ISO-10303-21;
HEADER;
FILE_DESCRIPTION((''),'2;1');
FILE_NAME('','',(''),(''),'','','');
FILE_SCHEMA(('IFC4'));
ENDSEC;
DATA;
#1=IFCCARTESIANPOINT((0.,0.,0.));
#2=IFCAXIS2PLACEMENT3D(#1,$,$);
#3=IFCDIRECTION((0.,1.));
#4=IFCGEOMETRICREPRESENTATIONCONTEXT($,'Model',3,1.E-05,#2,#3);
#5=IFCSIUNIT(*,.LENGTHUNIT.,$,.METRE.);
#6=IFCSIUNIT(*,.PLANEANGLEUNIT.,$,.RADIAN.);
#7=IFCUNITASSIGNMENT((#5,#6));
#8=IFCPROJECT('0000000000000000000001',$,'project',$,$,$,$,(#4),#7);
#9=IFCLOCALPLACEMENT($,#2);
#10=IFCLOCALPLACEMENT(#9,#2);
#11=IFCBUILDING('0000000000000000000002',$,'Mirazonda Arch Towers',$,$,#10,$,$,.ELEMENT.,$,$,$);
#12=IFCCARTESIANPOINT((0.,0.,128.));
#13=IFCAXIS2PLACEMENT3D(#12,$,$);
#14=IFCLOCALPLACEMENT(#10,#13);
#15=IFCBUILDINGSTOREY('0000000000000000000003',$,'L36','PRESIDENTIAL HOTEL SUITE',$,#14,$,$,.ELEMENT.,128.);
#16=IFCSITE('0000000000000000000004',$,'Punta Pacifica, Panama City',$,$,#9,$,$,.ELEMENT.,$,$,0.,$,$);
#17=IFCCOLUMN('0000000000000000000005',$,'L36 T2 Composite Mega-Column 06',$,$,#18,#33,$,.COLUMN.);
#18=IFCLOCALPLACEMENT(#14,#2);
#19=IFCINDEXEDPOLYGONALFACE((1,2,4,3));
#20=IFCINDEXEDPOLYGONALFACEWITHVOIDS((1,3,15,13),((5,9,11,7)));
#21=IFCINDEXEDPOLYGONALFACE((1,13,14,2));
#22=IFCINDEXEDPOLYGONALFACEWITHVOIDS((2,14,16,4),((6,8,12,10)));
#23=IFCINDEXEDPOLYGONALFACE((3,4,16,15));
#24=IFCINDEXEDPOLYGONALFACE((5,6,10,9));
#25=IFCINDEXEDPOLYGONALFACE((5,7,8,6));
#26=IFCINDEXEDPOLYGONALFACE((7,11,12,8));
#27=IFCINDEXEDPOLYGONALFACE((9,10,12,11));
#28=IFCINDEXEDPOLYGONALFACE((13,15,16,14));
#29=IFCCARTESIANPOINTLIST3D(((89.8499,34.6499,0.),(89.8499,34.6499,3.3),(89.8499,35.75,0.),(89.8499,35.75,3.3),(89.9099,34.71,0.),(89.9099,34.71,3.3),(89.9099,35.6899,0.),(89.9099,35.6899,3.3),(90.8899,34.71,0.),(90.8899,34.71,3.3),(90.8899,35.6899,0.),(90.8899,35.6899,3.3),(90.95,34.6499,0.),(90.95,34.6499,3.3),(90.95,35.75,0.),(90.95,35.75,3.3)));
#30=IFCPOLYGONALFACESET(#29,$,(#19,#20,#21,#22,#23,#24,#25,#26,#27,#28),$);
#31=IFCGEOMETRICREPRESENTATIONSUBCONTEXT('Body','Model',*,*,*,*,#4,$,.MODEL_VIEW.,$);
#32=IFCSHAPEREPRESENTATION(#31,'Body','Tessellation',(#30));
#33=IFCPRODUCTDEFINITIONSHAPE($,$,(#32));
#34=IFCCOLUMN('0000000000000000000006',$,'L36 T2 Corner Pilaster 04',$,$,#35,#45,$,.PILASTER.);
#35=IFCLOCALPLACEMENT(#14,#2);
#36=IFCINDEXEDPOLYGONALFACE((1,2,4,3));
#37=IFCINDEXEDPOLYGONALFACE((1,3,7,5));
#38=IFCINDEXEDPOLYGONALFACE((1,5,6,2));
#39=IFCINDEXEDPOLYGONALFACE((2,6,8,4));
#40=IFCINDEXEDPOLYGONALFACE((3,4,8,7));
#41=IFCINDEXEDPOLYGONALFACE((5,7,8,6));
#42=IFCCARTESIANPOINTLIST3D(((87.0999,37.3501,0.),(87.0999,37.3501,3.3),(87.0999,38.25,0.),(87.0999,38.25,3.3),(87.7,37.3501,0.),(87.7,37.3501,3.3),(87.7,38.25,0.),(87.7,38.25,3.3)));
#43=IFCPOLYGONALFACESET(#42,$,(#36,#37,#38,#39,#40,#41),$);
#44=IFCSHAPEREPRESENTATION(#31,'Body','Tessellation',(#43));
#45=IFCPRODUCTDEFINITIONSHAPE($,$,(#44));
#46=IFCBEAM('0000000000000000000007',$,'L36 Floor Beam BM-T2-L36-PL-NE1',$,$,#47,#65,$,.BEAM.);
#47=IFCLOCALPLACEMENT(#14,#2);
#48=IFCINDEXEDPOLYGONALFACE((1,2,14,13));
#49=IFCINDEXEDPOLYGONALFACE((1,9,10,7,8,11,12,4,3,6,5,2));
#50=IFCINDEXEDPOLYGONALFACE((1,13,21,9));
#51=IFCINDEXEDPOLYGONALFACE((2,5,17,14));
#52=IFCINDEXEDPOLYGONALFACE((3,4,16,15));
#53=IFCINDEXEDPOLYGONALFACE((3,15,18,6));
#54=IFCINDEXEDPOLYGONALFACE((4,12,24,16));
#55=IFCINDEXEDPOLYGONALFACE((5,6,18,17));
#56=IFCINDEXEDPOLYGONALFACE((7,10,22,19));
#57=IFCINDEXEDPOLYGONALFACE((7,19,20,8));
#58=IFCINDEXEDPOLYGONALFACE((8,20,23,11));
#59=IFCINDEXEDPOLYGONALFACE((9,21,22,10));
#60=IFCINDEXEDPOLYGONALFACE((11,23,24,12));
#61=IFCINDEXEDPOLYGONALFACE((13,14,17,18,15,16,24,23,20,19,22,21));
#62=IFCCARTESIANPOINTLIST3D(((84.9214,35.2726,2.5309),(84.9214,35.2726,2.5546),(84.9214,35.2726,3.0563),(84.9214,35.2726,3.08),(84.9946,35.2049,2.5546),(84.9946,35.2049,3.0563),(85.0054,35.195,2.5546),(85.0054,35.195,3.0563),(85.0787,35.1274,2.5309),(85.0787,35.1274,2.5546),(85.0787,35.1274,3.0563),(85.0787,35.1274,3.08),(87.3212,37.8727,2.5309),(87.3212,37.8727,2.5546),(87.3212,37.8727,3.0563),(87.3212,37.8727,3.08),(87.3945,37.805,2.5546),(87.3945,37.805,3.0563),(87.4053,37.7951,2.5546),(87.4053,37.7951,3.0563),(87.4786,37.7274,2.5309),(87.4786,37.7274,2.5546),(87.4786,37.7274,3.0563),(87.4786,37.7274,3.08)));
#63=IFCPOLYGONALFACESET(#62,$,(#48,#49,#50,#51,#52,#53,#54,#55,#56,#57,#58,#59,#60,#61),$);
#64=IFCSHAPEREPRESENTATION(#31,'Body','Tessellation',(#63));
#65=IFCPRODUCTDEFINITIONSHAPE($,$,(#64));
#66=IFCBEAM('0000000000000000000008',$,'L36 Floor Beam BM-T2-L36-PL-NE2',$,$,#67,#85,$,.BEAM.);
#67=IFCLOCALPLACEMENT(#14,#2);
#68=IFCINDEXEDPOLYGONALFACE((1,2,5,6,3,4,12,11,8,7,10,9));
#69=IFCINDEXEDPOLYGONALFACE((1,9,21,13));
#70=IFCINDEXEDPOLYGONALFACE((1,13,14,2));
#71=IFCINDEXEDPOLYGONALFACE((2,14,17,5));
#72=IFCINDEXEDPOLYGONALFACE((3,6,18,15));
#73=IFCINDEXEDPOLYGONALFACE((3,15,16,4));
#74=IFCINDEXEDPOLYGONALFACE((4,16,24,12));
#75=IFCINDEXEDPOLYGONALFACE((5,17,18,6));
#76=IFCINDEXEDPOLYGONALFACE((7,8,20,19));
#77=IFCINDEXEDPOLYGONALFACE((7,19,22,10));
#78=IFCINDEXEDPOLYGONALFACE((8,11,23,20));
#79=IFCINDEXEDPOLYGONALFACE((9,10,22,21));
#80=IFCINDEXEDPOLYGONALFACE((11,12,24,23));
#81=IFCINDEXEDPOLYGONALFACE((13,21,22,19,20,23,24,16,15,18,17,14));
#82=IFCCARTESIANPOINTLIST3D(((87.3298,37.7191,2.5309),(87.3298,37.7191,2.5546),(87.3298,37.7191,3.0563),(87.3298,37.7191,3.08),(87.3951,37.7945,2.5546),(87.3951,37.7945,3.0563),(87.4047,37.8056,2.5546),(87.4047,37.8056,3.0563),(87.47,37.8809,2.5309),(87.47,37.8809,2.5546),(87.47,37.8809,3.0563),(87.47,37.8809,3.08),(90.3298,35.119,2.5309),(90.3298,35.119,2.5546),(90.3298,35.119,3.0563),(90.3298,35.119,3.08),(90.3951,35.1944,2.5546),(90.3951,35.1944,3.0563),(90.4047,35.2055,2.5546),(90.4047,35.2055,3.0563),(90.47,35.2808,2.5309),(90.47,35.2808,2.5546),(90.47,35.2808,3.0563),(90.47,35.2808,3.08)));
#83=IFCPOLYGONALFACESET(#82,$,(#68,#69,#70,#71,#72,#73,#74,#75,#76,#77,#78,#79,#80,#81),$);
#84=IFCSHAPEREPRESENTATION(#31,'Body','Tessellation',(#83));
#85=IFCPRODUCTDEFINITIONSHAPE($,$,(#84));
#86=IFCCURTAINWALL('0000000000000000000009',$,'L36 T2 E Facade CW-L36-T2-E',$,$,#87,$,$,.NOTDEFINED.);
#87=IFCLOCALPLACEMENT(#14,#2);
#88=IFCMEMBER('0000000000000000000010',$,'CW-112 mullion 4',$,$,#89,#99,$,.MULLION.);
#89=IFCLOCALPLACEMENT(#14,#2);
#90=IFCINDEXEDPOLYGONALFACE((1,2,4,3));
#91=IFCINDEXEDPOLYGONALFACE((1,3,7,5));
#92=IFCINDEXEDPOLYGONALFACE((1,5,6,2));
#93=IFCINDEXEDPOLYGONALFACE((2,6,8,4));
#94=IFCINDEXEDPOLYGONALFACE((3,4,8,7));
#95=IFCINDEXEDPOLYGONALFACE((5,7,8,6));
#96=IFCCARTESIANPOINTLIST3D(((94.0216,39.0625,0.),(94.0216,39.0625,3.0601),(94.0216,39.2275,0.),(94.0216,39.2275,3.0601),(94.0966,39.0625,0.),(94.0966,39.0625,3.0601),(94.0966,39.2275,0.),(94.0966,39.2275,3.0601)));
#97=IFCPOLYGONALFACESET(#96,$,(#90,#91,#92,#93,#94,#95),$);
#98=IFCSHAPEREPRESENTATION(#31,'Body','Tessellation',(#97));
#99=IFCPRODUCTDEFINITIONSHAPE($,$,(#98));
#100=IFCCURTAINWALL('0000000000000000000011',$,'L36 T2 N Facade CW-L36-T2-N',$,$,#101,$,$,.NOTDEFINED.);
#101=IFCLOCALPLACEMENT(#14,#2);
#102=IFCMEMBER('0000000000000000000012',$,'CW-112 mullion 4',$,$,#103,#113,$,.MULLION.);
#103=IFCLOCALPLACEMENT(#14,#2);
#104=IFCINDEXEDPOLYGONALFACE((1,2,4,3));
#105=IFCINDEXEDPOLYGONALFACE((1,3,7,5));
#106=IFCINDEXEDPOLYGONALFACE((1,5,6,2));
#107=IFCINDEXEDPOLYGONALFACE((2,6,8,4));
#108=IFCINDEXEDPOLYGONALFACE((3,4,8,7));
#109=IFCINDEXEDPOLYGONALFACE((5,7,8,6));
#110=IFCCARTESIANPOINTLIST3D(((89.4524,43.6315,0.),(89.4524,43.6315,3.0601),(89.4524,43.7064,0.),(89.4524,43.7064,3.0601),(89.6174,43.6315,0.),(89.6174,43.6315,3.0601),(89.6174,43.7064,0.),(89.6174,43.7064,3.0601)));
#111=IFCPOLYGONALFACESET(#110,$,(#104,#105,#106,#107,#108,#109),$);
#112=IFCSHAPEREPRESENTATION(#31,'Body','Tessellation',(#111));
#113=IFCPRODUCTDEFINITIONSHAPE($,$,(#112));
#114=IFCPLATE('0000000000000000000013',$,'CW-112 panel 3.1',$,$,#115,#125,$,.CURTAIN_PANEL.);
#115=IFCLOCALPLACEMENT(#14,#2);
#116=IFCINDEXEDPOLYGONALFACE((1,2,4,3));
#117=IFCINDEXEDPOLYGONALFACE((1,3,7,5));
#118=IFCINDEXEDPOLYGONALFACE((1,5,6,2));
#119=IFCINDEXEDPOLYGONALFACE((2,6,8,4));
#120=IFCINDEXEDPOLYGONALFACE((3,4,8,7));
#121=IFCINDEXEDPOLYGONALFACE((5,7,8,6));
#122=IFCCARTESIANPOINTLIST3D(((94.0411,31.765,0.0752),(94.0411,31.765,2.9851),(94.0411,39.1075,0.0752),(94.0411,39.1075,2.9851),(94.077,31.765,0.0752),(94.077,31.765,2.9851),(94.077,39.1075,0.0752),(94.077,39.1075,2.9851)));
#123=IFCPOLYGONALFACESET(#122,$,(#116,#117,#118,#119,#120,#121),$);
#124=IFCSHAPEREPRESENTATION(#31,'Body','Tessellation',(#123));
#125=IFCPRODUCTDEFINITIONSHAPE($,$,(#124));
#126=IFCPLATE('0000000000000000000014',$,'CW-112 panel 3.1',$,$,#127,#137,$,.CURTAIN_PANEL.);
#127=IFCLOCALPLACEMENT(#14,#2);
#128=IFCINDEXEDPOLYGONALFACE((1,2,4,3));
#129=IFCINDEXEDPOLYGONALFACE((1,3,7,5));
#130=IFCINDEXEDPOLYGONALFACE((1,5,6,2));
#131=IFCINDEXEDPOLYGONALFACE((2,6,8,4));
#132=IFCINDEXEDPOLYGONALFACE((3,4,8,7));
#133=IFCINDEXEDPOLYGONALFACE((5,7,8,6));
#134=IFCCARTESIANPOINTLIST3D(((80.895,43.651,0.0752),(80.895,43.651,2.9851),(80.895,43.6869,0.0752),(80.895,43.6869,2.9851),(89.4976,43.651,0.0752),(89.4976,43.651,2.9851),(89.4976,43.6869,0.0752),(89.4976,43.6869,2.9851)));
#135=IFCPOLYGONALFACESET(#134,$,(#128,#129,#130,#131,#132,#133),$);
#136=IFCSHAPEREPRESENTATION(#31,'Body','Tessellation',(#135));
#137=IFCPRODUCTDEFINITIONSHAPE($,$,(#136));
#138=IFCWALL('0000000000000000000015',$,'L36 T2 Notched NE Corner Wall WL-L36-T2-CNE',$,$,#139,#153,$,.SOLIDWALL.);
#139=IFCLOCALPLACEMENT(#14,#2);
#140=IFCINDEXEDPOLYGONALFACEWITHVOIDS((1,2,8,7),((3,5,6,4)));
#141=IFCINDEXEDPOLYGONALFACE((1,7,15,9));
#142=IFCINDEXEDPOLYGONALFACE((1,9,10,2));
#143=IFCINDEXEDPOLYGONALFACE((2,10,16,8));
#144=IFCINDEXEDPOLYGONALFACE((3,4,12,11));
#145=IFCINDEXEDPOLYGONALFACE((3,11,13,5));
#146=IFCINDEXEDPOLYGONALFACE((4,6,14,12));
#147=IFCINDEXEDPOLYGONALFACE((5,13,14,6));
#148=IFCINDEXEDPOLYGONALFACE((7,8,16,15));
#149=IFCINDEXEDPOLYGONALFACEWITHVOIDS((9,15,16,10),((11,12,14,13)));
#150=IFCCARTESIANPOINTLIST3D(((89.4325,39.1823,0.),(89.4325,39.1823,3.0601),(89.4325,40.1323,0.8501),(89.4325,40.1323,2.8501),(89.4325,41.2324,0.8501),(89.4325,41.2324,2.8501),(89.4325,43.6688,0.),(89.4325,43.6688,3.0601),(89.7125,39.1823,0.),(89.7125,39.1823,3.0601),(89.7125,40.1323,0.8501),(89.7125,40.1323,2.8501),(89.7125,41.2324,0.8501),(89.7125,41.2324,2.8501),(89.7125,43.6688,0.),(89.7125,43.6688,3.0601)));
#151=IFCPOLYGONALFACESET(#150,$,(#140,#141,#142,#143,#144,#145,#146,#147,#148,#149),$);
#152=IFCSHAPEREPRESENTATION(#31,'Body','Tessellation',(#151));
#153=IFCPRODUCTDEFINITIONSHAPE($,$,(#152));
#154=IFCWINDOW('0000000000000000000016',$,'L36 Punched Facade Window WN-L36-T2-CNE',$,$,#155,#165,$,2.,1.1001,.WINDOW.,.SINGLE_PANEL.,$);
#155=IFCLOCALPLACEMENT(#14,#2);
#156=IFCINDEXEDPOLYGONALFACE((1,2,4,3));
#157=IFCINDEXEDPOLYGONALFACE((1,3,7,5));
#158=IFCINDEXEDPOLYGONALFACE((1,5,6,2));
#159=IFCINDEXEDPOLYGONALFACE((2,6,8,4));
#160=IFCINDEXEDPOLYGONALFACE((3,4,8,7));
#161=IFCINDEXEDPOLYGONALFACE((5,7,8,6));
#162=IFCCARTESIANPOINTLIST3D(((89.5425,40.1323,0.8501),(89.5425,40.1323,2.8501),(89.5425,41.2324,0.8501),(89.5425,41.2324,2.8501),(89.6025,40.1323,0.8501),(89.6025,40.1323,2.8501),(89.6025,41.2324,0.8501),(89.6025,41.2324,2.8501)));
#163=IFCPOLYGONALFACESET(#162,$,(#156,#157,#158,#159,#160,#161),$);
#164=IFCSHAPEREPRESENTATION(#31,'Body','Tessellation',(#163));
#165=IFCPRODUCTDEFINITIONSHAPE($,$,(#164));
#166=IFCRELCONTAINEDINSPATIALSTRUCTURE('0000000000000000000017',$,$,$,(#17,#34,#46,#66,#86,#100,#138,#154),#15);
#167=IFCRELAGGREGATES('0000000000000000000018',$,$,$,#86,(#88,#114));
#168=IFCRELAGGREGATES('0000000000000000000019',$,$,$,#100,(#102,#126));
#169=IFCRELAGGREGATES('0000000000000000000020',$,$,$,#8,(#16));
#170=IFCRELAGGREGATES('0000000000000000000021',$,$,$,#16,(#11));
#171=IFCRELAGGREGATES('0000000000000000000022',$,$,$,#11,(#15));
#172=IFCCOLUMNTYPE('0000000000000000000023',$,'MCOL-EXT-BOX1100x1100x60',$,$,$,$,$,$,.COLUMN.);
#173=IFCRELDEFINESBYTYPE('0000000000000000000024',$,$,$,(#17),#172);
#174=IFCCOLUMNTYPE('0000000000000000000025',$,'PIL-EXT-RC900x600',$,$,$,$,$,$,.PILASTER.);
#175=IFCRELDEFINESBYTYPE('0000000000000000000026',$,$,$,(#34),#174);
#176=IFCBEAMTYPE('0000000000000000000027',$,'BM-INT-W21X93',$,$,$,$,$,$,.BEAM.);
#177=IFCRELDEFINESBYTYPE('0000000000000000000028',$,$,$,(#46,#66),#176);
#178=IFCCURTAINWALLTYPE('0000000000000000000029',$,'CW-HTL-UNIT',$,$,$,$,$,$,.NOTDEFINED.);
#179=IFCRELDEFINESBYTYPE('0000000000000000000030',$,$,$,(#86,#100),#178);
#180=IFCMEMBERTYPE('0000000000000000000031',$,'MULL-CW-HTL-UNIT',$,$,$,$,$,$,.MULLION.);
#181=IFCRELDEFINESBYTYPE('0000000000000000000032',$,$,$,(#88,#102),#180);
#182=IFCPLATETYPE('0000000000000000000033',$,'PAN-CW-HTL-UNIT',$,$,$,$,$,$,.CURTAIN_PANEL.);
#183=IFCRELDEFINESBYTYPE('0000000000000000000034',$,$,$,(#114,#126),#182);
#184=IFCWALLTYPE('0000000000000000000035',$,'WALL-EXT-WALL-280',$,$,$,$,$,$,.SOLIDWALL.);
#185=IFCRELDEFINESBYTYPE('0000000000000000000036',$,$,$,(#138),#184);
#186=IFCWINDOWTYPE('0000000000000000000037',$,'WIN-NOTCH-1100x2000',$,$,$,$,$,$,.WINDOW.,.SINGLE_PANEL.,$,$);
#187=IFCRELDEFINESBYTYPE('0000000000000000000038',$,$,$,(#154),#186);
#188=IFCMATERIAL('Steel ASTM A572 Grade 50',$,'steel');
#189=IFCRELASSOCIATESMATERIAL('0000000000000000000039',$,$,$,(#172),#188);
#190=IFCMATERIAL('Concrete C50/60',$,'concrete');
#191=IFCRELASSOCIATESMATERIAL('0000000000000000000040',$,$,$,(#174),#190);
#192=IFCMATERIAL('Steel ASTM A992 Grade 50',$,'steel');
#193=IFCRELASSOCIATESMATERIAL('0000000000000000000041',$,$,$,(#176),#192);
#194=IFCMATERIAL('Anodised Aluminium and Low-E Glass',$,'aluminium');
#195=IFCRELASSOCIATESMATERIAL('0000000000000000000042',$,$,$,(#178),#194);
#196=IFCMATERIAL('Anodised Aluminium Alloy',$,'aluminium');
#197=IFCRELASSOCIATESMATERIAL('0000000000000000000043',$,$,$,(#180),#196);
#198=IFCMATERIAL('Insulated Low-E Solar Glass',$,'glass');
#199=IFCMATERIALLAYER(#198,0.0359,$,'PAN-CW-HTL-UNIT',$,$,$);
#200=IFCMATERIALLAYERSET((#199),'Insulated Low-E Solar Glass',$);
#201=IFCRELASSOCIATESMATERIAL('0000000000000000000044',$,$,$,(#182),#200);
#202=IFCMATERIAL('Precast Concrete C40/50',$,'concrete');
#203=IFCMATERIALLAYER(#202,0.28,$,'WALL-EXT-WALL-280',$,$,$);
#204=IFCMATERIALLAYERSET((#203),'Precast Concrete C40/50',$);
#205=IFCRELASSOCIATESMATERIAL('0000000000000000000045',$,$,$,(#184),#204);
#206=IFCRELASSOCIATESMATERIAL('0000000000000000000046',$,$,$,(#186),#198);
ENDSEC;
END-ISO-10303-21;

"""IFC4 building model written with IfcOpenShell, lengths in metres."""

from ifc_helpers import new_model, si_unit, direction, frame, frame_2d, origin, origin_2d, place, context, subcontext, project, spatial, rectangle, hollow_rectangle, i_section, extrude, material, layer, layer_set, material_profile, profile_set, type_object, element, fill, aggregate, save


model = new_model("IFC4")

# Units and contexts
model_context = context("Model", 3, precision=1e-05, world=origin(), true_north=direction((0.0, 1.0)))
body_context = subcontext(model_context, "Body", "Model", "MODEL_VIEW")
ifc_project = project(units=[si_unit("LENGTHUNIT", "METRE"), si_unit("PLANEANGLEUNIT", "RADIAN")], contexts=[model_context])

# Site, building, storey
site_placement = place(None, origin())
site = spatial("IfcSite", under=ifc_project, at=site_placement, Name="Punta Pacifica, Panama City", CompositionType="ELEMENT", RefElevation=0.0)
building_placement = place(site_placement, origin())
building = spatial("IfcBuilding", under=site, at=building_placement, Name="Mirazonda Arch Towers", CompositionType="ELEMENT")
storey_placement = place(building_placement, frame((0.0, 0.0, 128.0)))
storey = spatial("IfcBuildingStorey", under=building, at=storey_placement, Name="L36", Description="PRESIDENTIAL HOTEL SUITE", CompositionType="ELEMENT", Elevation=128.0)

# Columns
ifc_material_1 = material(Name="Steel ASTM A572 Grade 50", Category="steel")
ifc_material_profile_1 = material_profile(ifc_material_1, hollow_rectangle(XDim=1.1001, YDim=1.1001, WallThickness=0.0601, at=origin_2d()), Name="BOX1100x1100x60")
ifc_profile_set_1 = profile_set([ifc_material_profile_1], Name="Steel ASTM A572 Grade 50")
column_type_1 = type_object("IfcColumnType", Name="MCOL-EXT-BOX1100x1100x60", PredefinedType="COLUMN", material=ifc_profile_set_1)
column_1_placement = place(storey_placement, frame((90.3999, 35.2, 0.0), z_axis=(0.0, 0.0, 1.0), x_axis=(1.0, 0.0, 0.0)))
element("IfcColumn", 1, at=column_1_placement, inside=storey, type_object=column_type_1, Name="L36 T2 Composite Mega-Column 06", PredefinedType="COLUMN", context=body_context, shape_type="SweptSolid", body=[
    extrude(hollow_rectangle(XDim=1.1001, YDim=1.1001, WallThickness=0.0601, at=origin_2d()), origin(), (0.0, 0.0, 1.0), 3.3),
])
ifc_material_2 = material(Name="Concrete C50/60", Category="concrete")
ifc_material_profile_2 = material_profile(ifc_material_2, rectangle(XDim=0.6001, YDim=0.8999, at=origin_2d()), Name="RC900x600")
ifc_profile_set_2 = profile_set([ifc_material_profile_2], Name="Concrete C50/60")
column_type_2 = type_object("IfcColumnType", Name="PIL-EXT-RC900x600", PredefinedType="PILASTER", material=ifc_profile_set_2)
column_2_placement = place(storey_placement, frame((87.3999, 37.8, 0.0), z_axis=(0.0, 0.0, 1.0), x_axis=(1.0, 0.0, 0.0)))
element("IfcColumn", 2, at=column_2_placement, inside=storey, type_object=column_type_2, Name="L36 T2 Corner Pilaster 04", PredefinedType="PILASTER", context=body_context, shape_type="SweptSolid", body=[
    extrude(rectangle(XDim=0.6001, YDim=0.8999, at=origin_2d()), origin(), (0.0, 0.0, 1.0), 3.3),
])

# Beams
ifc_material_3 = material(Name="Steel ASTM A992 Grade 50", Category="steel")
ifc_material_profile_3 = material_profile(ifc_material_3, i_section(OverallWidth=0.2141, OverallDepth=0.5491, WebThickness=0.0146, FlangeThickness=0.0237, at=origin_2d()), Name="W21X93")
ifc_profile_set_3 = profile_set([ifc_material_profile_3], Name="Steel ASTM A992 Grade 50")
beam_type = type_object("IfcBeamType", Name="BM-INT-W21X93", PredefinedType="BEAM", material=ifc_profile_set_3)
beam_1_placement = place(storey_placement, frame((87.3999, 37.8, 2.8054), z_axis=(-0.678251, -0.73483, 0.0), x_axis=(0.73483, -0.678251, 0.0)))
element("IfcBeam", 3, at=beam_1_placement, inside=storey, type_object=beam_type, Name="L36 Floor Beam BM-T2-L36-PL-NE1", PredefinedType="BEAM", context=body_context, shape_type="SweptSolid", body=[
    extrude(i_section(OverallWidth=0.2141, OverallDepth=0.5491, WebThickness=0.0146, FlangeThickness=0.0237, at=origin_2d()), origin(), (0.0, 0.0, 1.0), 3.5383),
])
beam_2_placement = place(storey_placement, frame((87.3999, 37.8, 2.8054), z_axis=(0.755677, -0.654945, 0.0), x_axis=(0.654945, 0.755677, 0.0)))
element("IfcBeam", 4, at=beam_2_placement, inside=storey, type_object=beam_type, Name="L36 Floor Beam BM-T2-L36-PL-NE2", PredefinedType="BEAM", context=body_context, shape_type="SweptSolid", body=[
    extrude(i_section(OverallWidth=0.2141, OverallDepth=0.5491, WebThickness=0.0146, FlangeThickness=0.0237, at=origin_2d()), origin(), (0.0, 0.0, 1.0), 3.97),
])

# Curtain walls, members
ifc_material_4 = material(Name="Anodised Aluminium and Low-E Glass", Category="aluminium")
curtain_wall_type = type_object("IfcCurtainWallType", Name="CW-HTL-UNIT", PredefinedType="NOTDEFINED", material=ifc_material_4)
curtain_wall_1_placement = place(storey_placement, origin())
curtain_wall_1 = element("IfcCurtainWall", 5, at=curtain_wall_1_placement, inside=storey, type_object=curtain_wall_type, Name="L36 T2 E Facade CW-L36-T2-E", PredefinedType="NOTDEFINED")
ifc_material_5 = material(Name="Anodised Aluminium Alloy", Category="aluminium")
ifc_material_profile_4 = material_profile(ifc_material_5, rectangle(XDim=0.075, YDim=0.165, at=origin_2d()), Name="ALU-MULL-75x165")
ifc_profile_set_4 = profile_set([ifc_material_profile_4], Name="Anodised Aluminium Alloy")
member_type = type_object("IfcMemberType", Name="MULL-CW-HTL-UNIT", PredefinedType="MULLION", material=ifc_profile_set_4)
member_1_placement = place(storey_placement, frame((94.0591, 39.145, 0.0), z_axis=(0.0, 0.0, 1.0), x_axis=(-1.0, 0.0, 0.0)))
member_1 = element("IfcMember", 6, at=member_1_placement, type_object=member_type, Name="CW-112 mullion 4", PredefinedType="MULLION", context=body_context, shape_type="SweptSolid", body=[
    extrude(rectangle(XDim=0.075, YDim=0.165, at=origin_2d()), origin(), (0.0, 0.0, 1.0), 3.0601),
])
curtain_wall_2_placement = place(storey_placement, origin())
curtain_wall_2 = element("IfcCurtainWall", 7, at=curtain_wall_2_placement, inside=storey, type_object=curtain_wall_type, Name="L36 T2 N Facade CW-L36-T2-N", PredefinedType="NOTDEFINED")
member_2_placement = place(storey_placement, frame((89.5349, 43.6689, 0.0), z_axis=(0.0, 0.0, 1.0), x_axis=(0.0, 1.0, 0.0)))
member_2 = element("IfcMember", 8, at=member_2_placement, type_object=member_type, Name="CW-112 mullion 4", PredefinedType="MULLION", context=body_context, shape_type="SweptSolid", body=[
    extrude(rectangle(XDim=0.075, YDim=0.165, at=origin_2d()), origin(), (0.0, 0.0, 1.0), 3.0601),
])

# Plates
ifc_material_6 = material(Name="Insulated Low-E Solar Glass", Category="glass")
ifc_layer_1 = layer(ifc_material_6, 0.0359, Name="PAN-CW-HTL-UNIT")
ifc_layer_set_1 = layer_set([ifc_layer_1], Name="Insulated Low-E Solar Glass")
plate_type = type_object("IfcPlateType", Name="PAN-CW-HTL-UNIT", PredefinedType="CURTAIN_PANEL", material=ifc_layer_set_1)
plate_1_placement = place(storey_placement, frame((94.0591, 35.4363, 0.0752), z_axis=(0.0, 0.0, 1.0), x_axis=(0.0, 1.0, 0.0)))
plate_1 = element("IfcPlate", 9, at=plate_1_placement, type_object=plate_type, Name="CW-112 panel 3.1", PredefinedType="CURTAIN_PANEL", context=body_context, shape_type="SweptSolid", body=[
    extrude(rectangle(XDim=7.3425, YDim=0.0359, at=origin_2d()), origin(), (0.0, 0.0, 1.0), 2.9099),
])
aggregate(curtain_wall_1, [member_1, plate_1])
plate_2_placement = place(storey_placement, frame((85.1963, 43.6689, 0.0752), z_axis=(0.0, 0.0, 1.0), x_axis=(1.0, 0.0, 0.0)))
plate_2 = element("IfcPlate", 10, at=plate_2_placement, type_object=plate_type, Name="CW-112 panel 3.1", PredefinedType="CURTAIN_PANEL", context=body_context, shape_type="SweptSolid", body=[
    extrude(rectangle(XDim=8.6025, YDim=0.0359, at=origin_2d()), origin(), (0.0, 0.0, 1.0), 2.9099),
])
aggregate(curtain_wall_2, [member_2, plate_2])

# Wall, opening, window
ifc_material_7 = material(Name="Precast Concrete C40/50", Category="concrete")
ifc_layer_2 = layer(ifc_material_7, 0.28, Name="WALL-EXT-WALL-280")
ifc_layer_set_2 = layer_set([ifc_layer_2], Name="Precast Concrete C40/50")
wall_type_1 = type_object("IfcWallType", Name="WALL-EXT-WALL-280", PredefinedType="SOLIDWALL", material=ifc_layer_set_2)
wall_1_placement = place(storey_placement, frame((89.5725, 39.1824, 0.0), z_axis=(0.0, 0.0, 1.0), x_axis=(0.0, 1.0, 0.0)))
wall_1 = element("IfcWall", 11, at=wall_1_placement, inside=storey, type_object=wall_type_1, Name="L36 T2 Notched NE Corner Wall WL-L36-T2-CNE", PredefinedType="SOLIDWALL", context=body_context, shape_type="SweptSolid", body=[
    extrude(rectangle(XDim=4.4866, YDim=0.28, at=frame_2d((2.2432, 0.0))), origin(), (0.0, 0.0, 1.0), 3.0601),
])
opening_1_placement = place(wall_1_placement, frame((0.95, 0.0, 0.8501)))
opening_1 = element("IfcOpeningElement", 12, at=opening_1_placement, cuts=wall_1, PredefinedType="OPENING", context=body_context, shape_type="SweptSolid", body=[
    extrude(rectangle(XDim=1.1001, YDim=2.0, at=frame_2d((0.55, 1.0))), frame((0.0, 0.1499, 0.0), z_axis=(0.0, -1.0, 0.0), x_axis=(1.0, 0.0, 0.0)), (0.0, 0.0, 1.0), 0.3),
])
window_type = type_object("IfcWindowType", Name="WIN-NOTCH-1100x2000", PartitioningType="SINGLE_PANEL", PredefinedType="WINDOW", material=ifc_material_6)
window_1_placement = place(opening_1_placement, origin())
window_1 = element("IfcWindow", 13, at=window_1_placement, inside=storey, type_object=window_type, Name="L36 Punched Facade Window WN-L36-T2-CNE", OverallHeight=2.0, OverallWidth=1.1001, PartitioningType="SINGLE_PANEL", PredefinedType="WINDOW", context=body_context, shape_type="SweptSolid", body=[
    extrude(rectangle(XDim=1.1001, YDim=2.0, at=frame_2d((0.55, 1.0))), frame((0.0, 0.03, 0.0), z_axis=(0.0, -1.0, 0.0), x_axis=(1.0, 0.0, 0.0)), (0.0, 0.0, 1.0), 0.0601),
])
fill(opening_1, window_1)

save(model, "model.ifc")
